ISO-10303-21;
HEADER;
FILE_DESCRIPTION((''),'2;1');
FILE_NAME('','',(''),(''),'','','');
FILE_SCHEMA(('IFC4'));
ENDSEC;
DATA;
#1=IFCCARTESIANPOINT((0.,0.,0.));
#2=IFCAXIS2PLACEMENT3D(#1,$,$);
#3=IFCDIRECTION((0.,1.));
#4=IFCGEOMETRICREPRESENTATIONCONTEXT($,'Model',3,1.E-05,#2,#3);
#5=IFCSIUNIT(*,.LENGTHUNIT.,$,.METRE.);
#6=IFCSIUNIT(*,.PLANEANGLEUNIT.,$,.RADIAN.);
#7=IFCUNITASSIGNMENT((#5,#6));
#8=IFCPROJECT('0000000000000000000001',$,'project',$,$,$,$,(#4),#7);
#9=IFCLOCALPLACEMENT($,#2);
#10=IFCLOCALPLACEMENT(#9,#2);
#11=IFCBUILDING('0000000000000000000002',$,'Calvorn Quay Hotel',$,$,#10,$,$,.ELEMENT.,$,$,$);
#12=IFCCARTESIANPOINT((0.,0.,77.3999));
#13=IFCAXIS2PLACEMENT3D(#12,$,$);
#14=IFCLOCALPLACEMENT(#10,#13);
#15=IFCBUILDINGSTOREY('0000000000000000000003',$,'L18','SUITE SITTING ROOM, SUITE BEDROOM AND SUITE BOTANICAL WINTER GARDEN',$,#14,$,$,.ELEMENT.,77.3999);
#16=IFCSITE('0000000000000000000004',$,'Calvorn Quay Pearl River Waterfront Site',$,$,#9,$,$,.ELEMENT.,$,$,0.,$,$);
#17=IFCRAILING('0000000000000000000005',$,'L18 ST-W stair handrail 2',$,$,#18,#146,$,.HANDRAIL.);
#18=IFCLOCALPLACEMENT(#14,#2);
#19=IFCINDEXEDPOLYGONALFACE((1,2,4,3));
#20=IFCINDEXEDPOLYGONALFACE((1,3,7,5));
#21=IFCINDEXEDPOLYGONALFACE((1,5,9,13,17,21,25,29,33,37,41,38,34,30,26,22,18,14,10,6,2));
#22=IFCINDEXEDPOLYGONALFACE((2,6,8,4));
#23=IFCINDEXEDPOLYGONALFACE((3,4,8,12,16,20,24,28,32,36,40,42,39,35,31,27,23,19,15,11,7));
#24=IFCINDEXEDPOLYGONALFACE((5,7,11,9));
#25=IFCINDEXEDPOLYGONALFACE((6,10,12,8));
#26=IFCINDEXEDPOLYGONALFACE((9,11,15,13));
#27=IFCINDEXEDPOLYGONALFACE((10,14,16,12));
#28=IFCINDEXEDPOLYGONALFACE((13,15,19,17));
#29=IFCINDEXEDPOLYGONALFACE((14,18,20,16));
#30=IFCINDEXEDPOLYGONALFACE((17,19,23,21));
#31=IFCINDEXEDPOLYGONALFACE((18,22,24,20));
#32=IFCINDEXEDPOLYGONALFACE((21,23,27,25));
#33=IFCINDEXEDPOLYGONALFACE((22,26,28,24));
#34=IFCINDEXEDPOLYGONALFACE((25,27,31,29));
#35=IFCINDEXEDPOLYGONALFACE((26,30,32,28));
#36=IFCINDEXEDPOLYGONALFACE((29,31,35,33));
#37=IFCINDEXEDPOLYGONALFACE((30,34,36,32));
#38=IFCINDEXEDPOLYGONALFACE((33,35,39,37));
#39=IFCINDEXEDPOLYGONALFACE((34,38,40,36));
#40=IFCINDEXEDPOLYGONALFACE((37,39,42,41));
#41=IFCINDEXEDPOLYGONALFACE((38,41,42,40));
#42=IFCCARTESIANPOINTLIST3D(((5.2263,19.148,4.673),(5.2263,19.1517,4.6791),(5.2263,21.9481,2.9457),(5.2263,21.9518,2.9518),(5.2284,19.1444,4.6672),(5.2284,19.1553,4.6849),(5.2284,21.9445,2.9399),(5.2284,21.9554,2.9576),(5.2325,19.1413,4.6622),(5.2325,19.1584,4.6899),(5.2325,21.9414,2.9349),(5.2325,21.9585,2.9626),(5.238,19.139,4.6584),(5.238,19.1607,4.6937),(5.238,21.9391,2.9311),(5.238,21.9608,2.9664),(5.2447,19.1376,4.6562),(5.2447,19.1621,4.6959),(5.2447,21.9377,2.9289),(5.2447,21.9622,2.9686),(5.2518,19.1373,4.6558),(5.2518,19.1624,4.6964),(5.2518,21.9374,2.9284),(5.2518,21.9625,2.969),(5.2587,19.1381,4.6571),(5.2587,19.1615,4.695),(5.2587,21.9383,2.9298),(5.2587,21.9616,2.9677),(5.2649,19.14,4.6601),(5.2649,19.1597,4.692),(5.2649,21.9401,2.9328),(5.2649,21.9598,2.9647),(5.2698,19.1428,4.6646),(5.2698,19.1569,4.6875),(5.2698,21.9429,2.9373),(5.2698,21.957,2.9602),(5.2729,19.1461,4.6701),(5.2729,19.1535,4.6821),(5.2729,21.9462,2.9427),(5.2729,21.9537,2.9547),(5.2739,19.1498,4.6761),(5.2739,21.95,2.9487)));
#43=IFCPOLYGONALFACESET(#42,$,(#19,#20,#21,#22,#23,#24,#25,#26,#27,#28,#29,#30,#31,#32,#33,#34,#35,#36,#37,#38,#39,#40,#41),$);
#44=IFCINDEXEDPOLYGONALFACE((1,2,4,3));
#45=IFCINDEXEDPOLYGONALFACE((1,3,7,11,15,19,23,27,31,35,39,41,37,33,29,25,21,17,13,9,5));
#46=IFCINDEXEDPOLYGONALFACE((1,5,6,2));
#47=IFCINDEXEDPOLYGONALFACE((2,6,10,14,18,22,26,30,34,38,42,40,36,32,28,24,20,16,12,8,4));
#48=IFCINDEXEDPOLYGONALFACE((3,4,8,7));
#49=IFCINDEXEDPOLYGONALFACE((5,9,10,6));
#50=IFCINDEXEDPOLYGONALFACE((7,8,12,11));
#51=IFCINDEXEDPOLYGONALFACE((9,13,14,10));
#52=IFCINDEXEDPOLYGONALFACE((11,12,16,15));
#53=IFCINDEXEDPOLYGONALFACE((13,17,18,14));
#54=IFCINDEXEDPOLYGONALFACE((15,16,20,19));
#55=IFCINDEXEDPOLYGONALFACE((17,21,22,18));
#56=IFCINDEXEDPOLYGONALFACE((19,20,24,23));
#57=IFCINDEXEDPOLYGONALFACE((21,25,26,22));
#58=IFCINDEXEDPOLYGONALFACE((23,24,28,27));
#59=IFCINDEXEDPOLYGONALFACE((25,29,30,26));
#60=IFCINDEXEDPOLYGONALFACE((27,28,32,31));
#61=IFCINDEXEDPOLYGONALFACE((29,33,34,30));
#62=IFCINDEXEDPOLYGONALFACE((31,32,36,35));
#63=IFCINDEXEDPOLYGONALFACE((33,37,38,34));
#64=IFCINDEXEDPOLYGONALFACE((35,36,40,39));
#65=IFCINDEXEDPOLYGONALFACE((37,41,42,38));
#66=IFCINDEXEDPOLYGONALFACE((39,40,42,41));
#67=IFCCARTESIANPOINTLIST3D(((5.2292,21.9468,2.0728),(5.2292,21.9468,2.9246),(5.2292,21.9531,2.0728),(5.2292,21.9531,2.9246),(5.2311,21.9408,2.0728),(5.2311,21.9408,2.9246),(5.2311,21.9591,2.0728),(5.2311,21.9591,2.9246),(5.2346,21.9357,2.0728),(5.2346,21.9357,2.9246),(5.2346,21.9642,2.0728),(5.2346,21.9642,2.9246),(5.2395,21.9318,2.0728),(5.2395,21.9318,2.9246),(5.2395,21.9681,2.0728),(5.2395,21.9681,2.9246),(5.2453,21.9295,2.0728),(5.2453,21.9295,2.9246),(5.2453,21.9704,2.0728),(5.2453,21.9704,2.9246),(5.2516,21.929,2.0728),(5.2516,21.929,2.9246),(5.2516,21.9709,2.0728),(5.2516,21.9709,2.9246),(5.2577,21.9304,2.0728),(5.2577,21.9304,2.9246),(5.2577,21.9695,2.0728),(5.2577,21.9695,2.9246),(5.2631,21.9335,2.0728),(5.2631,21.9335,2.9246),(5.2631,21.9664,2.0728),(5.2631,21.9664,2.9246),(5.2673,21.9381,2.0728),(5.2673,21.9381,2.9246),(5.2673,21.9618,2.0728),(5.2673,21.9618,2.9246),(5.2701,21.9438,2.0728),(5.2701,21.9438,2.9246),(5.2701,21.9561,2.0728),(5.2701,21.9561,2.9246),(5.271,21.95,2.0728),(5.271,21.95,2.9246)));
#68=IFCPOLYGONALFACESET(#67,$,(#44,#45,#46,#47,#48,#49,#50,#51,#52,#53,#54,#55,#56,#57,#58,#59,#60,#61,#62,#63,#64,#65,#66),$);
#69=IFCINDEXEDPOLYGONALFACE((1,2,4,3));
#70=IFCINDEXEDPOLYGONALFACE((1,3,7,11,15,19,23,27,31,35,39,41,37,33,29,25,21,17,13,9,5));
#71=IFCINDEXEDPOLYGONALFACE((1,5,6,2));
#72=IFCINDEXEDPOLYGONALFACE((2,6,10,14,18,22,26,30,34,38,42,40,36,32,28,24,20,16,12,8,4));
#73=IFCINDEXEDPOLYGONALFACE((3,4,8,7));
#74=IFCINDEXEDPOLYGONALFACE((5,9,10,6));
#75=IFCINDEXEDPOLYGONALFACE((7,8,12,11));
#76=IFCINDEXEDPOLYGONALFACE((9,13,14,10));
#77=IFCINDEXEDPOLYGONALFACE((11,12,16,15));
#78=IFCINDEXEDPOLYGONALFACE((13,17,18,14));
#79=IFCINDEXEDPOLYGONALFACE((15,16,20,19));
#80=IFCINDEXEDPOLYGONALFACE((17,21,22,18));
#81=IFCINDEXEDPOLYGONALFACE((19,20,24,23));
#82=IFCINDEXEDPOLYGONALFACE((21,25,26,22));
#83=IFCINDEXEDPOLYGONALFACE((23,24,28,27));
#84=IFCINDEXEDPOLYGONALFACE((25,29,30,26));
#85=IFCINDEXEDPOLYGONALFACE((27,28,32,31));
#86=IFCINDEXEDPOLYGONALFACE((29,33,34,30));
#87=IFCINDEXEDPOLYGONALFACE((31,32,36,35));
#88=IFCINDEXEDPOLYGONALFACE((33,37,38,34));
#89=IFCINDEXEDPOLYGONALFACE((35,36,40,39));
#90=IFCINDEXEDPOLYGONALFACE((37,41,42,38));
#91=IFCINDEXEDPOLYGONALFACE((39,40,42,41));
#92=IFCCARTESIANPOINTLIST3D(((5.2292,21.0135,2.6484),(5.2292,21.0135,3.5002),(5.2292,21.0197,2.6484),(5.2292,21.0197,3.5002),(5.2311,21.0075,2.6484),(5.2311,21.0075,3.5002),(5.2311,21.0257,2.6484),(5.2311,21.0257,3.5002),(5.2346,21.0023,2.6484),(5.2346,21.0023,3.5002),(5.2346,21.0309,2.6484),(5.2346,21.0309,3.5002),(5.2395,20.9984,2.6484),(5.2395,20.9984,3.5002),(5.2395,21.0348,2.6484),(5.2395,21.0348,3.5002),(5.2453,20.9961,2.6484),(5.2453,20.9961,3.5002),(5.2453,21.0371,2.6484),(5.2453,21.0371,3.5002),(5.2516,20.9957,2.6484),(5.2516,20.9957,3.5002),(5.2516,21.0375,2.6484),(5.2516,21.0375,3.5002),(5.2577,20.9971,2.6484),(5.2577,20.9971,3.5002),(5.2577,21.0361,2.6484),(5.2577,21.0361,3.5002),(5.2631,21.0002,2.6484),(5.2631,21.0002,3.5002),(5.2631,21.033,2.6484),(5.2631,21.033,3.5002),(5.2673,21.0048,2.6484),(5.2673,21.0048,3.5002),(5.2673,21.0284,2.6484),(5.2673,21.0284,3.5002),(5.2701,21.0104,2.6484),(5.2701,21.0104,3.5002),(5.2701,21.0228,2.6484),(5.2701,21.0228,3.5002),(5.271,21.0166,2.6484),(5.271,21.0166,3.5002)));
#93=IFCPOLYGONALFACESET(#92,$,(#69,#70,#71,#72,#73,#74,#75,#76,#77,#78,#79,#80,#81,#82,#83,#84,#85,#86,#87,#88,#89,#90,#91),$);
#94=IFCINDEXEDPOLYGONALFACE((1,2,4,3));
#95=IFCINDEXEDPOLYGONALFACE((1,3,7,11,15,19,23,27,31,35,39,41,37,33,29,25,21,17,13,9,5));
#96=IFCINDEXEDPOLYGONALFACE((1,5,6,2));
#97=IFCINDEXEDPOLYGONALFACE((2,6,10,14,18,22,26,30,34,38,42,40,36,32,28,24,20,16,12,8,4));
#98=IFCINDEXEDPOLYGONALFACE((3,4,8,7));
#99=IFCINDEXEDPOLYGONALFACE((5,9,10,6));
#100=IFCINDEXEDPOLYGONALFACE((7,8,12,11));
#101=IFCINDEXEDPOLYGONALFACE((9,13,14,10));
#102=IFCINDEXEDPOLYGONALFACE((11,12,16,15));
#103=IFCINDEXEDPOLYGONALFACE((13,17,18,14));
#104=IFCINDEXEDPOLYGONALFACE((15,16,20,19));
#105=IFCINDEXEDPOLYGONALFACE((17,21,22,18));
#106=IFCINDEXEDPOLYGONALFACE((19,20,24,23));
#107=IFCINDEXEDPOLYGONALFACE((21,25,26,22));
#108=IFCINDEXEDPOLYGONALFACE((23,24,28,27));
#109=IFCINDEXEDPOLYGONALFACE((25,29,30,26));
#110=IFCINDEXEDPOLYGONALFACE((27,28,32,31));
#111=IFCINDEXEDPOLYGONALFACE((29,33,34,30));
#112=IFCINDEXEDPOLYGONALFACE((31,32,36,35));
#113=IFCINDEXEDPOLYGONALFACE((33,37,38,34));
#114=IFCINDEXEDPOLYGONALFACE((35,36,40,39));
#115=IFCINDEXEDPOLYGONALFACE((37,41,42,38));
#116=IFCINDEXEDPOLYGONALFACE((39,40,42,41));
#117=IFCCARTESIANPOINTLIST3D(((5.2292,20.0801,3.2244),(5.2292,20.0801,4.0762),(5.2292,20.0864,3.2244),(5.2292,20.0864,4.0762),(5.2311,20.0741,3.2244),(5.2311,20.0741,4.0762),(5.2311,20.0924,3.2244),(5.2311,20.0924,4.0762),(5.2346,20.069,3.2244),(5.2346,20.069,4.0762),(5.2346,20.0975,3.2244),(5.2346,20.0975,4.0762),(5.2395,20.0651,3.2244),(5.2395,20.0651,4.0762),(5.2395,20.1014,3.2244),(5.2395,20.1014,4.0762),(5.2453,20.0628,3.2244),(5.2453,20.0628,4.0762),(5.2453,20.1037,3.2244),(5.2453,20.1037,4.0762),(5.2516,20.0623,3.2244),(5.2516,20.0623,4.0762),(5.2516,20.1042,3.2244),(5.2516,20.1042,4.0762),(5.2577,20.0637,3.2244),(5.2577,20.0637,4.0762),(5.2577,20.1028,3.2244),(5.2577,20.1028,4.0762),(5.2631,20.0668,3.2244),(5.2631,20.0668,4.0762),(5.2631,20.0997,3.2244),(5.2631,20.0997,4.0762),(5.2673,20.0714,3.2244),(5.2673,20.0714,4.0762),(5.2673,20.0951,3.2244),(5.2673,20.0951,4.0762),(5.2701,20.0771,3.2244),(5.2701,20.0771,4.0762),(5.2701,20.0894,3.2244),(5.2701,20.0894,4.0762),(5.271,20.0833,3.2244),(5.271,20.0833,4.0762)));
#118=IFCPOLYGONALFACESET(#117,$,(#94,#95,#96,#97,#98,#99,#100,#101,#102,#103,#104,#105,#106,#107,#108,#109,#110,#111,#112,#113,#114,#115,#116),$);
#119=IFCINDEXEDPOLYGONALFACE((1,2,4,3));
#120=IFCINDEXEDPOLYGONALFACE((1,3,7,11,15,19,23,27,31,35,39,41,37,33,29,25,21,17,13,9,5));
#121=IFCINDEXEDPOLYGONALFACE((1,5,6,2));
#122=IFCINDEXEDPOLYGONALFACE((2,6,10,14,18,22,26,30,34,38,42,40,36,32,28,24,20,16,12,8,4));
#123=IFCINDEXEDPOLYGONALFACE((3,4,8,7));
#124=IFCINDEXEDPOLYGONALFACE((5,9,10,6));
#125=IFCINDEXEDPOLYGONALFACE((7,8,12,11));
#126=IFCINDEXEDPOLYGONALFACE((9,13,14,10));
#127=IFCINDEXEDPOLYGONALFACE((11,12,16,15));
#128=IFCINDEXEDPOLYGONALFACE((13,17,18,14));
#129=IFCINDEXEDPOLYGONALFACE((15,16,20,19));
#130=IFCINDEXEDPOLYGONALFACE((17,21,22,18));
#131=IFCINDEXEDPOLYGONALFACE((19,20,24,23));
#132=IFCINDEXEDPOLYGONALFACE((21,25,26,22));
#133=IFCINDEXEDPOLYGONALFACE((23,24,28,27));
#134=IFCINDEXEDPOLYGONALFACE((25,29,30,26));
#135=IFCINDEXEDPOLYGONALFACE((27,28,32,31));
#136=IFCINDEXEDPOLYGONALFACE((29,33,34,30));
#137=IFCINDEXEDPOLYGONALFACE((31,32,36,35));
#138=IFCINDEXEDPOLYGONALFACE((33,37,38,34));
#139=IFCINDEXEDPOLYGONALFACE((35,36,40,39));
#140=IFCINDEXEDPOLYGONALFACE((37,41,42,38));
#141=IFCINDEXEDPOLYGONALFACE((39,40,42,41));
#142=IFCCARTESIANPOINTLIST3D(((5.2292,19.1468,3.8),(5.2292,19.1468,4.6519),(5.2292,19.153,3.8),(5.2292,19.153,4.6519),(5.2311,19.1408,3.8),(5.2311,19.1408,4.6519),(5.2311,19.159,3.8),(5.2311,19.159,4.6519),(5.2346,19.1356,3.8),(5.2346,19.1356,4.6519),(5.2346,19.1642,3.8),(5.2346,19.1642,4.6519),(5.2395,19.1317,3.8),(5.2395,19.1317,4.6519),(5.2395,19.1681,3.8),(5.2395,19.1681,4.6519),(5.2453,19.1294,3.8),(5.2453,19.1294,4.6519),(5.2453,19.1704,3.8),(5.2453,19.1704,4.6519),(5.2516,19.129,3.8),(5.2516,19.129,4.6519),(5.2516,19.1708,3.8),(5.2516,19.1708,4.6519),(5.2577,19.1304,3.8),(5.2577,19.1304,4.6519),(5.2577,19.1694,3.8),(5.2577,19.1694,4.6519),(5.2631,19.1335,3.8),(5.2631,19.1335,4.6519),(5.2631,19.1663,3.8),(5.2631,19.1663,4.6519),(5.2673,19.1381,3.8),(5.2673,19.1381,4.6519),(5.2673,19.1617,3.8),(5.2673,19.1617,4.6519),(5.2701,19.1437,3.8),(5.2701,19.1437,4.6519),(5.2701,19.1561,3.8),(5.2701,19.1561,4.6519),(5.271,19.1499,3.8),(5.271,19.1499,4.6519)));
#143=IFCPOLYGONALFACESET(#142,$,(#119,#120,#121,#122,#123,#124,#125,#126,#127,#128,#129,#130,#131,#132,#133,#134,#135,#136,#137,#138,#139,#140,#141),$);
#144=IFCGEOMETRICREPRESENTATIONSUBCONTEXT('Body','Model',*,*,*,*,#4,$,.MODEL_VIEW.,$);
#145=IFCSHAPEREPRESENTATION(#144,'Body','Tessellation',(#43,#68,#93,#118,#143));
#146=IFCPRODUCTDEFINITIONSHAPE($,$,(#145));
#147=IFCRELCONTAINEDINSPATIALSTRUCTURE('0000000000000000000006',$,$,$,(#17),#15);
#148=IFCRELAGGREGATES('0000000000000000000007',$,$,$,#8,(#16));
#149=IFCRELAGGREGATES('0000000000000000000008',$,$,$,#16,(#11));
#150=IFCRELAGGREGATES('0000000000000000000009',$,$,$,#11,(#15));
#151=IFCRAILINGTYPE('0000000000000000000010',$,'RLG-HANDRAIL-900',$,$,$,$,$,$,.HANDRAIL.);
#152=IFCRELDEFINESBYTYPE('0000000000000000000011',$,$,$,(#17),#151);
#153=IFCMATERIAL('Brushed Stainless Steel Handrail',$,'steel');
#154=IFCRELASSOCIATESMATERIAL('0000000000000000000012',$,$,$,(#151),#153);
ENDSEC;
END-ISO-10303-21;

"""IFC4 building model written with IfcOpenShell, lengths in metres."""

from ifc_helpers import new_model, si_unit, direction, frame, origin, origin_2d, place, context, subcontext, project, spatial, circle, extrude, material, type_object, element, save


model = new_model("IFC4")

# Units and contexts
model_context = context("Model", 3, precision=1e-05, world=origin(), true_north=direction((0.0, 1.0)))
body_context = subcontext(model_context, "Body", "Model", "MODEL_VIEW")
ifc_project = project(units=[si_unit("LENGTHUNIT", "METRE"), si_unit("PLANEANGLEUNIT", "RADIAN")], contexts=[model_context])

# Site, building, storey
site_placement = place(None, origin())
site = spatial("IfcSite", under=ifc_project, at=site_placement, Name="Calvorn Quay Pearl River Waterfront Site", CompositionType="ELEMENT", RefElevation=0.0)
building_placement = place(site_placement, origin())
building = spatial("IfcBuilding", under=site, at=building_placement, Name="Calvorn Quay Hotel", CompositionType="ELEMENT")
storey_placement = place(building_placement, frame((0.0, 0.0, 77.3999)))
storey = spatial("IfcBuildingStorey", under=building, at=storey_placement, Name="L18", Description="SUITE SITTING ROOM, SUITE BEDROOM AND SUITE BOTANICAL WINTER GARDEN", CompositionType="ELEMENT", Elevation=77.3999)

# Railing
ifc_material_1 = material(Name="Brushed Stainless Steel Handrail", Category="steel")
railing_type_1 = type_object("IfcRailingType", Name="RLG-HANDRAIL-900", PredefinedType="HANDRAIL", material=ifc_material_1)
railing_1_placement = place(storey_placement, frame((5.25, 21.95, 2.0728)))
element("IfcRailing", 1, at=railing_1_placement, inside=storey, type_object=railing_type_1, Name="L18 ST-W stair handrail 2", PredefinedType="HANDRAIL", context=body_context, shape_type="SweptSolid", body=[
    extrude(circle(Radius=0.0239, at=origin_2d()), frame((0.0, 0.0, 0.876), z_axis=(0.0, -0.85109, 0.52502), x_axis=(1.0, 0.0, 0.0)), (0.0, 0.0, 1.0), 3.29),
    extrude(circle(Radius=0.021, at=origin_2d()), origin(), (0.0, 0.0, 1.0), 0.8518),
    extrude(circle(Radius=0.021, at=origin_2d()), frame((0.0, -0.9333, 0.5757)), (0.0, 0.0, 1.0), 0.8518),
    extrude(circle(Radius=0.021, at=origin_2d()), frame((0.0, -1.8667, 1.1516)), (0.0, 0.0, 1.0), 0.8518),
    extrude(circle(Radius=0.021, at=origin_2d()), frame((0.0, -2.8, 1.7273)), (0.0, 0.0, 1.0), 0.8518),
])

save(model, "model.ifc")
